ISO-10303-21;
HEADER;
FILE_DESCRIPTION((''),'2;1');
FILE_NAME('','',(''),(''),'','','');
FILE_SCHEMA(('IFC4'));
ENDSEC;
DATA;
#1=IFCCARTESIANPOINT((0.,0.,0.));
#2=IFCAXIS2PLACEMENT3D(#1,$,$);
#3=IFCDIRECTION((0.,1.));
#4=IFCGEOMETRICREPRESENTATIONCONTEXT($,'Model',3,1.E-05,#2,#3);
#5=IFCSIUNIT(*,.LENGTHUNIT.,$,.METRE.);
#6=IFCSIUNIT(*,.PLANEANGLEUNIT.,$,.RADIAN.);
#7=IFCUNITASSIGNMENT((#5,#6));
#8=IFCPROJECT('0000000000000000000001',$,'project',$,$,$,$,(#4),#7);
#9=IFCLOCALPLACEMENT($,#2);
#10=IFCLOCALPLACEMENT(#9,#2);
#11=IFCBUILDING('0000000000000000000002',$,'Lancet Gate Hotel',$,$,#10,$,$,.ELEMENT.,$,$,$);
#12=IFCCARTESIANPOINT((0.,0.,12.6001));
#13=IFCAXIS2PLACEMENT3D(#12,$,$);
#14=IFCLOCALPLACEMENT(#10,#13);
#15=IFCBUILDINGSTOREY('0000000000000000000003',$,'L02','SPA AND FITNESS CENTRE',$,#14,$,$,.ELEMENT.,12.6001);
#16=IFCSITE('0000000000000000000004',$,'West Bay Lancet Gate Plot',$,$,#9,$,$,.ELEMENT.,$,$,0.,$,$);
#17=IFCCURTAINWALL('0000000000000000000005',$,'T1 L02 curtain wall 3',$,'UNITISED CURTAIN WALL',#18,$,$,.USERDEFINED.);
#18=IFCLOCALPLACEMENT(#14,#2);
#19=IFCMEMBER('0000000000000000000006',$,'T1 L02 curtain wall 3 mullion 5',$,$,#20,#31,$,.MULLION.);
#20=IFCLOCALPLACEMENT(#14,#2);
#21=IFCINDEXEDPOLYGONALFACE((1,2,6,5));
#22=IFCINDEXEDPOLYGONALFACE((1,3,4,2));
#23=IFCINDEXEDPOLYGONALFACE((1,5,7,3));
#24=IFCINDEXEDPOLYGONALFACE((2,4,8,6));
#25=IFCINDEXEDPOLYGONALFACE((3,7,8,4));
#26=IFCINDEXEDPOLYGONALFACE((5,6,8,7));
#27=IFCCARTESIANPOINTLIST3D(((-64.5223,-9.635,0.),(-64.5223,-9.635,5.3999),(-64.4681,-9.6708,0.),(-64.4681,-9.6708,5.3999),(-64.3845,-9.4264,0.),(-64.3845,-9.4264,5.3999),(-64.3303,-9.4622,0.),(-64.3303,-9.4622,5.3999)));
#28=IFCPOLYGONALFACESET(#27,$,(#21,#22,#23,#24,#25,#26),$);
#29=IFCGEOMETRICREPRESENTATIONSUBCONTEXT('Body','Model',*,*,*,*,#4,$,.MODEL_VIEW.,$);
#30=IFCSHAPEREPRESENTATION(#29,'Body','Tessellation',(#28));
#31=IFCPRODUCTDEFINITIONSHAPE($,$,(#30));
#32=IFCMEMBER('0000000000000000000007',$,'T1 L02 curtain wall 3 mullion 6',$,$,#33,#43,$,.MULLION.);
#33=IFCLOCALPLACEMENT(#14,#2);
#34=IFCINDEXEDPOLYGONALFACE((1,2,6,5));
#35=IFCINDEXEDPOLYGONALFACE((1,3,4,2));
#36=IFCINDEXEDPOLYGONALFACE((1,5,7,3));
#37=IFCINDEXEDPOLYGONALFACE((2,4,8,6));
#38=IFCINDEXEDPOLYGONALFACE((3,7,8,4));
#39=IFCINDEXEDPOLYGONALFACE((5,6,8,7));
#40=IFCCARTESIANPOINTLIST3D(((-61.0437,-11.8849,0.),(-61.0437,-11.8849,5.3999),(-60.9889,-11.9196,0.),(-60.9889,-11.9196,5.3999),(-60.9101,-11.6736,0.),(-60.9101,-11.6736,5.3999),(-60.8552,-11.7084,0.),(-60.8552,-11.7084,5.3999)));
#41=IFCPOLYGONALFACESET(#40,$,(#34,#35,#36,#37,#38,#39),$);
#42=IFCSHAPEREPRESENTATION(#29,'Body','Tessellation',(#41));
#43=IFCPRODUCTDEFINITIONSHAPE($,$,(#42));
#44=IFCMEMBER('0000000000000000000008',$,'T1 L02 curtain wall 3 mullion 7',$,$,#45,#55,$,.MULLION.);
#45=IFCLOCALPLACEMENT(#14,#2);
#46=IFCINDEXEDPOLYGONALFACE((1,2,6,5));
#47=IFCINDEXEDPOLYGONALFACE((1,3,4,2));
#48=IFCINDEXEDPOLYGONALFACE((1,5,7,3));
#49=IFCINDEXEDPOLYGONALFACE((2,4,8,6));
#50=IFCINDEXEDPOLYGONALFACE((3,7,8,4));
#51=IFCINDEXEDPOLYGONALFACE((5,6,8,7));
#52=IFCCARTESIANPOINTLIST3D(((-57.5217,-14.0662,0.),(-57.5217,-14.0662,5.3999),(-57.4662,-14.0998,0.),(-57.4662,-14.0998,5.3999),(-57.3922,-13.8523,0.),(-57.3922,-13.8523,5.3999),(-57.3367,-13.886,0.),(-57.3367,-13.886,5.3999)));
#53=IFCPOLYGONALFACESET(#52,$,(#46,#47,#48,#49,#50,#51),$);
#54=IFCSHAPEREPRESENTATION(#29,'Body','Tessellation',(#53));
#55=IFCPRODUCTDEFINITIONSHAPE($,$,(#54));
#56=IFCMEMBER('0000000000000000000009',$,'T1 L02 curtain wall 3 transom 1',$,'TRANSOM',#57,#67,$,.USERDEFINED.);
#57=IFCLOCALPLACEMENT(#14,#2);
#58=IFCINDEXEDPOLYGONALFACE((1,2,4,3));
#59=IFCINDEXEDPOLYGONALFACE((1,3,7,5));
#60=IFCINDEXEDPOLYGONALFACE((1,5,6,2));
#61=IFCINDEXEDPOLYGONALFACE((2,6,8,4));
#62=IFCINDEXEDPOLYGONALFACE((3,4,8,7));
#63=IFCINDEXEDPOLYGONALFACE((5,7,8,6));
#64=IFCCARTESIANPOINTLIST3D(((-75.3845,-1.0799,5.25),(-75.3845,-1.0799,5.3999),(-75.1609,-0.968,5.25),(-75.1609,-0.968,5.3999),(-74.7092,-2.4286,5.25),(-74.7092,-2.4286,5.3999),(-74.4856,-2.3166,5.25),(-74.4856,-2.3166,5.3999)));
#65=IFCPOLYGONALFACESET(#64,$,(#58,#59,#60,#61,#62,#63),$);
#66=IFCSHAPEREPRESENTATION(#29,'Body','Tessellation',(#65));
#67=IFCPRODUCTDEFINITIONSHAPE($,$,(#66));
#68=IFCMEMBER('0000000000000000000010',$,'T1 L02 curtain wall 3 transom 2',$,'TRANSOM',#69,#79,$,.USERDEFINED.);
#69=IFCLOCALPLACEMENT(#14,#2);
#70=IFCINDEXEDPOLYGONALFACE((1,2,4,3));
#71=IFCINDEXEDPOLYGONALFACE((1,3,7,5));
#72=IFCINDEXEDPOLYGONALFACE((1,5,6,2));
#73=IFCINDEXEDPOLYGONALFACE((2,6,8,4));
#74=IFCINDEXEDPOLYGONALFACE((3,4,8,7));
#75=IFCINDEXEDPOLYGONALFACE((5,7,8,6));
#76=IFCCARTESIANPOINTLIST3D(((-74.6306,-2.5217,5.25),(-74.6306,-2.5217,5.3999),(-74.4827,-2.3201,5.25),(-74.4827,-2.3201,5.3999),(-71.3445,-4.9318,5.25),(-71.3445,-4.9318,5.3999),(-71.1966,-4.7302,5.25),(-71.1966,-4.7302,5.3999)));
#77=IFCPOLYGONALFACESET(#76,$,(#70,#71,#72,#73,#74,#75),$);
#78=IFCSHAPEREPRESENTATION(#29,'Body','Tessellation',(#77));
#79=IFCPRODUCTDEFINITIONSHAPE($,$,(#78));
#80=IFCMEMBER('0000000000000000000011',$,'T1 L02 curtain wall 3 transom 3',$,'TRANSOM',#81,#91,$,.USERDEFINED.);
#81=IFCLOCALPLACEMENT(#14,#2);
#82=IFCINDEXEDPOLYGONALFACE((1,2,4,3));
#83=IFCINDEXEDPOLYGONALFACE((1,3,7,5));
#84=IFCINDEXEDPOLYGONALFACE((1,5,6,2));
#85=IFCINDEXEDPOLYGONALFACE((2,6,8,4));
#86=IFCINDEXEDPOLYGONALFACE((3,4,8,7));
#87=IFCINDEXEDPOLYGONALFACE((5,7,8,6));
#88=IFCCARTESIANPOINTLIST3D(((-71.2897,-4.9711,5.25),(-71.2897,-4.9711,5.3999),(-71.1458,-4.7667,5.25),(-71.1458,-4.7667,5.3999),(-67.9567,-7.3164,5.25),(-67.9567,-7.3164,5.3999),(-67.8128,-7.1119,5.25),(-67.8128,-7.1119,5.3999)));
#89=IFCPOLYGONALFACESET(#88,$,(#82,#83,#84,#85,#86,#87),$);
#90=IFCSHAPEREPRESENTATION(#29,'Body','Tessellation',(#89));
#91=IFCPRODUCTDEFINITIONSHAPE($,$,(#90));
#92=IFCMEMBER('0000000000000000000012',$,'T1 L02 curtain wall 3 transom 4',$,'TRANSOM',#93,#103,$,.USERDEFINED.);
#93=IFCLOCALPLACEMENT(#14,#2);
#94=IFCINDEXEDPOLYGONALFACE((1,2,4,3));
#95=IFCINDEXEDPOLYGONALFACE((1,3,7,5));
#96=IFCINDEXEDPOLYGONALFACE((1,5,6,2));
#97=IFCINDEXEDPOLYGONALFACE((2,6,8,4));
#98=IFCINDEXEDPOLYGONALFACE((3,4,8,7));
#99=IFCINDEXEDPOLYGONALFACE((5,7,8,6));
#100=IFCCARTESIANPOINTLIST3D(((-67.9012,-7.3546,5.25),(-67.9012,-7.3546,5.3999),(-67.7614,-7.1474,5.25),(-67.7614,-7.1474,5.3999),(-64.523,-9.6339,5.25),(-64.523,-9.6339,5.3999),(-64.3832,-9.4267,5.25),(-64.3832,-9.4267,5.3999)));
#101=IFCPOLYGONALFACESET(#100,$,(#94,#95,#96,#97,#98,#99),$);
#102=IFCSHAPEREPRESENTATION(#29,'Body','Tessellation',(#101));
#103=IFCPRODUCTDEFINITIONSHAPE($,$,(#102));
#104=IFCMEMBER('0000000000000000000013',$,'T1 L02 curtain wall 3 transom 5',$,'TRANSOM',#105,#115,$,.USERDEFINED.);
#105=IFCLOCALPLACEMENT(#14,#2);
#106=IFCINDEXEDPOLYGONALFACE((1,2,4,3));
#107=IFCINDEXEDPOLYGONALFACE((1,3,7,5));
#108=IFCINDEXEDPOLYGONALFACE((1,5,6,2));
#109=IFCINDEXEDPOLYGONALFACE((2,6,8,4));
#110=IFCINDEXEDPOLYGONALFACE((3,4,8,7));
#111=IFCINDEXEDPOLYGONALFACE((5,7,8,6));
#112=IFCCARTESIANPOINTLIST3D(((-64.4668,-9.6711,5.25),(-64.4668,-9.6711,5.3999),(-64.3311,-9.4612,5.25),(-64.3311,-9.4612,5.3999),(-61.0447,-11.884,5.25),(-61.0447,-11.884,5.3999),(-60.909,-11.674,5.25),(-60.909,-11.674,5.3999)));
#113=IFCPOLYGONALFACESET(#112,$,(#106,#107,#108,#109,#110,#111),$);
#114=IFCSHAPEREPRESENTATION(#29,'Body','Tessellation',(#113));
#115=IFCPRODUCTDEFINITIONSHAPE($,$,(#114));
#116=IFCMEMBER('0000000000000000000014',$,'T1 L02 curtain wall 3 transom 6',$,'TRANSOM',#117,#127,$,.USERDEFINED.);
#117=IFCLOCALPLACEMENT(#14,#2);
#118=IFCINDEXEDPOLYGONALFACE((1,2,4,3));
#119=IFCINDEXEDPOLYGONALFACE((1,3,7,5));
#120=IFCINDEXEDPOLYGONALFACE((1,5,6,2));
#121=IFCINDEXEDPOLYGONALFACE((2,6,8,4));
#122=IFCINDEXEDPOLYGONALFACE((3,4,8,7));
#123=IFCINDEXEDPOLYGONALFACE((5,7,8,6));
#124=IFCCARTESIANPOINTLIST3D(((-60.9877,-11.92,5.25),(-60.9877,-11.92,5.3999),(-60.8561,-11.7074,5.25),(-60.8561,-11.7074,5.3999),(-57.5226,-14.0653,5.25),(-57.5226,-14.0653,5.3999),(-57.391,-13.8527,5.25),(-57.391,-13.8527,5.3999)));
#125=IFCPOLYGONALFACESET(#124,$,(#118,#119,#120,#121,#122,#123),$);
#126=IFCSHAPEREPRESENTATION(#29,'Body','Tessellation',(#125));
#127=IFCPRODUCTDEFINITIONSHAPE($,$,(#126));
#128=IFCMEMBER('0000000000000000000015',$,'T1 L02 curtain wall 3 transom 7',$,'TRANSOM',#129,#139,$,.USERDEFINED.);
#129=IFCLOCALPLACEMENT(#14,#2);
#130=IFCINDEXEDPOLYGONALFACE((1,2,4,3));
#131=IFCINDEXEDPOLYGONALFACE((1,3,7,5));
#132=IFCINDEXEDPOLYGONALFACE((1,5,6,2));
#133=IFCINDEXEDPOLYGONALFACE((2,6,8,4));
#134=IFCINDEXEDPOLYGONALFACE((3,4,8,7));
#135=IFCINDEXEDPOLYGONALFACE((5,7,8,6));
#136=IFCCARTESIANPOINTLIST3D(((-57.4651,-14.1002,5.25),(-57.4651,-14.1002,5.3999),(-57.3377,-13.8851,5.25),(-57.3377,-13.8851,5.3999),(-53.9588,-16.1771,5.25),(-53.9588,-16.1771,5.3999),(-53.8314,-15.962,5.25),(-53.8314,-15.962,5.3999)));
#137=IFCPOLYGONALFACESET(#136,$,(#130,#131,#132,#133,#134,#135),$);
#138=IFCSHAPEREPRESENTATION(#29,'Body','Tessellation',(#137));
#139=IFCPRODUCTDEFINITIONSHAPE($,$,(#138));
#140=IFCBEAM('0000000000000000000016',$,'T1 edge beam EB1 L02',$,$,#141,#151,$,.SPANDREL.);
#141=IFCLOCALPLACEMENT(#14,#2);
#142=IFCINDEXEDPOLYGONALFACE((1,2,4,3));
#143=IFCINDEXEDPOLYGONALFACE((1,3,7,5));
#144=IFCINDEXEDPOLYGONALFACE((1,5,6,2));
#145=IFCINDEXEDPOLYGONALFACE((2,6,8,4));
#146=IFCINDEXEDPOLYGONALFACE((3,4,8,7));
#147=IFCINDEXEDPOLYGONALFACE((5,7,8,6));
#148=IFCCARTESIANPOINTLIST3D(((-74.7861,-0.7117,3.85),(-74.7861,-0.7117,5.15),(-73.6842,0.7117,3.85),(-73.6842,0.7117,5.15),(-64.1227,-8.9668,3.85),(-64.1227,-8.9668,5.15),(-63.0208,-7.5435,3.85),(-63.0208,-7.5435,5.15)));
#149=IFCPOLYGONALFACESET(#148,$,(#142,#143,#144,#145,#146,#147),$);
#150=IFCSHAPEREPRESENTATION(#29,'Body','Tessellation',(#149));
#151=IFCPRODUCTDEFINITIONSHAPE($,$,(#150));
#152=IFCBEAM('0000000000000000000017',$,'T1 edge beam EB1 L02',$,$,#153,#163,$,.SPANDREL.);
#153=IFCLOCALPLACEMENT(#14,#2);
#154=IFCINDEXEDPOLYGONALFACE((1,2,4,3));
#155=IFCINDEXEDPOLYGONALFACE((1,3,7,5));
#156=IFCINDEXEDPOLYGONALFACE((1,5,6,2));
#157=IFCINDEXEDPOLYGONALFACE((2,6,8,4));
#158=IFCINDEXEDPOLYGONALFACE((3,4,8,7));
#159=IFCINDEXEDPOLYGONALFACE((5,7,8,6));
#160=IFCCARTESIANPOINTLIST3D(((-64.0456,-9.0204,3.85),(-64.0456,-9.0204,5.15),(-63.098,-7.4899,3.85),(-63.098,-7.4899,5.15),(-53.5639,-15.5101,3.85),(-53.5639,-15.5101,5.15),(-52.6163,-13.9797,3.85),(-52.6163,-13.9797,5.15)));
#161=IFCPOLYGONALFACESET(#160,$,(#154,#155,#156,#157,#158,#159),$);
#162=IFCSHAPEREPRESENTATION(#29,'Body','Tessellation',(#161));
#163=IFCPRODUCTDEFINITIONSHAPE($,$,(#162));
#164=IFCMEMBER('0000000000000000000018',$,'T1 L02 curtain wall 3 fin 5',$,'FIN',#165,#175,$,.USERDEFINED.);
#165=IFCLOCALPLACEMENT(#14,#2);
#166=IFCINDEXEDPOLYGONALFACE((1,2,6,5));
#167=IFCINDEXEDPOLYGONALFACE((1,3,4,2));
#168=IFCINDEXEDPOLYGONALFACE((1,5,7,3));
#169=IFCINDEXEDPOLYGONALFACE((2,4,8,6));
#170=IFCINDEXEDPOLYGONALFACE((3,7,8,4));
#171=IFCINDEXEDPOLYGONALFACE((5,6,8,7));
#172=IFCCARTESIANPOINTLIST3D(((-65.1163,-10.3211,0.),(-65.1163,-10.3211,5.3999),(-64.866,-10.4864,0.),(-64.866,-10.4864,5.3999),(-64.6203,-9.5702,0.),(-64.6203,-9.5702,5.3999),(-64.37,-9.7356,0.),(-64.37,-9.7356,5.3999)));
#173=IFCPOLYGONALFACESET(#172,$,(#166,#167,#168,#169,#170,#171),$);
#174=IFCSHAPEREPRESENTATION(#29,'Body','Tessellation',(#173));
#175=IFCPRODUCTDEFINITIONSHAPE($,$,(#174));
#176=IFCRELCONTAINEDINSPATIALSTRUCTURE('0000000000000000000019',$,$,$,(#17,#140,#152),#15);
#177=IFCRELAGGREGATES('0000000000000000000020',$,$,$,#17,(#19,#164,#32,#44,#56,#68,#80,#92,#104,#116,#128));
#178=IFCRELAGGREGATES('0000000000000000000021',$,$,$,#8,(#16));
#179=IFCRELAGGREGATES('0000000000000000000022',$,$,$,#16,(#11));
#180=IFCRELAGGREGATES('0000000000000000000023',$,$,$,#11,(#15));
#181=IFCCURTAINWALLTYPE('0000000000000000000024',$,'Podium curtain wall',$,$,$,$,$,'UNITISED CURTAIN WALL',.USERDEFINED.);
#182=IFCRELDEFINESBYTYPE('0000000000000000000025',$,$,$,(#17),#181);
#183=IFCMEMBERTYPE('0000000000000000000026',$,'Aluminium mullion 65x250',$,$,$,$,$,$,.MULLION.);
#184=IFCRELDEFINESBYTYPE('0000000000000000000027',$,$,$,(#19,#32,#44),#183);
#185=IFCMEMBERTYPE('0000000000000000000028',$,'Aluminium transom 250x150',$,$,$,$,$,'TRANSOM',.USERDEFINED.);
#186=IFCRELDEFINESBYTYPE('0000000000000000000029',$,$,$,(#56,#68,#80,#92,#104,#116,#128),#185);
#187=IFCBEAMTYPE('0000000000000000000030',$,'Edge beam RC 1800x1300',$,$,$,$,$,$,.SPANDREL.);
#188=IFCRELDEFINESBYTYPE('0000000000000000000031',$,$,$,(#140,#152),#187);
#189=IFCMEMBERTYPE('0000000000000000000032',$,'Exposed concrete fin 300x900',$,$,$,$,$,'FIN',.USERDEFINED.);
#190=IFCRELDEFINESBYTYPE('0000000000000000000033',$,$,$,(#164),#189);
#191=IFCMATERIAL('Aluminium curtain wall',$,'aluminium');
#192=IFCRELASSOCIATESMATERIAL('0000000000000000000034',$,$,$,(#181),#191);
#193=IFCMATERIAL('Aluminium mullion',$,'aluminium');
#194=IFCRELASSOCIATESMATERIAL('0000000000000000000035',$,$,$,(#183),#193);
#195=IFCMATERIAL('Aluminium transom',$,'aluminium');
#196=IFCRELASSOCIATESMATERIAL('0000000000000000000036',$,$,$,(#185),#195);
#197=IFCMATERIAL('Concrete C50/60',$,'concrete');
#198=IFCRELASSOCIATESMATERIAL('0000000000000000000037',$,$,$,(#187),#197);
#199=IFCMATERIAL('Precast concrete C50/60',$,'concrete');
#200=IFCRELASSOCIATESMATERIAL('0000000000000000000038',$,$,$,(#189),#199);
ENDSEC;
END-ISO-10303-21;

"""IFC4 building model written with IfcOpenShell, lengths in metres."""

from ifc_helpers import new_model, si_unit, direction, frame, origin, origin_2d, place, context, subcontext, project, spatial, rectangle, extrude, material, material_profile, profile_set, type_object, element, aggregate, save


model = new_model("IFC4")

# Units and contexts
model_context = context("Model", 3, precision=1e-05, world=origin(), true_north=direction((0.0, 1.0)))
body_context = subcontext(model_context, "Body", "Model", "MODEL_VIEW")
ifc_project = project(units=[si_unit("LENGTHUNIT", "METRE"), si_unit("PLANEANGLEUNIT", "RADIAN")], contexts=[model_context])

# Site, building, storey
site_placement = place(None, origin())
site = spatial("IfcSite", under=ifc_project, at=site_placement, Name="West Bay Lancet Gate Plot", CompositionType="ELEMENT", RefElevation=0.0)
building_placement = place(site_placement, origin())
building = spatial("IfcBuilding", under=site, at=building_placement, Name="Lancet Gate Hotel", CompositionType="ELEMENT")
storey_placement = place(building_placement, frame((0.0, 0.0, 12.6001)))
storey = spatial("IfcBuildingStorey", under=building, at=storey_placement, Name="L02", Description="SPA AND FITNESS CENTRE", CompositionType="ELEMENT", Elevation=12.6001)

# Shared definitions
ifc_material_1 = material(Name="Aluminium curtain wall", Category="aluminium")
curtain_wall_type = type_object("IfcCurtainWallType", Name="Podium curtain wall", ElementType="UNITISED CURTAIN WALL", PredefinedType="USERDEFINED", material=ifc_material_1)
ifc_material_2 = material(Name="Aluminium mullion", Category="aluminium")
ifc_material_profile_1 = material_profile(ifc_material_2, rectangle(XDim=0.0649, YDim=0.25, at=origin_2d()), Name="MULLION 65x250")
ifc_profile_set_1 = profile_set([ifc_material_profile_1], Name="Aluminium mullion")
member_type_1 = type_object("IfcMemberType", Name="Aluminium mullion 65x250", PredefinedType="MULLION", material=ifc_profile_set_1)

# Curtain wall, members
curtain_wall_1_placement = place(storey_placement, origin())
curtain_wall_1 = element("IfcCurtainWall", 1, at=curtain_wall_1_placement, inside=storey, type_object=curtain_wall_type, Name="T1 L02 curtain wall 3", ObjectType="UNITISED CURTAIN WALL", PredefinedType="USERDEFINED")
member_1_placement = place(storey_placement, frame((-64.4263, -9.5486, 0.0), z_axis=(0.0, 0.0, 1.0), x_axis=(0.834387, -0.551178, 0.0)))
member_1 = element("IfcMember", 2, at=member_1_placement, type_object=member_type_1, Name="T1 L02 curtain wall 3 mullion 5", PredefinedType="MULLION", context=body_context, shape_type="SweptSolid", body=[
    extrude(rectangle(XDim=0.0649, YDim=0.25, at=origin_2d()), origin(), (0.0, 0.0, 1.0), 5.3999),
])
member_2_placement = place(storey_placement, frame((-60.9495, -11.7966, 0.0), z_axis=(0.0, 0.0, 1.0), x_axis=(0.845029, -0.53472, 0.0)))
member_2 = element("IfcMember", 3, at=member_2_placement, type_object=member_type_1, Name="T1 L02 curtain wall 3 mullion 6", PredefinedType="MULLION", context=body_context, shape_type="SweptSolid", body=[
    extrude(rectangle(XDim=0.0649, YDim=0.25, at=origin_2d()), origin(), (0.0, 0.0, 1.0), 5.3999),
])
member_3_placement = place(storey_placement, frame((-57.4292, -13.9761, 0.0), z_axis=(0.0, 0.0, 1.0), x_axis=(0.855346, -0.518057, 0.0)))
member_3 = element("IfcMember", 4, at=member_3_placement, type_object=member_type_1, Name="T1 L02 curtain wall 3 mullion 7", PredefinedType="MULLION", context=body_context, shape_type="SweptSolid", body=[
    extrude(rectangle(XDim=0.0649, YDim=0.25, at=origin_2d()), origin(), (0.0, 0.0, 1.0), 5.3999),
])
ifc_material_3 = material(Name="Aluminium transom", Category="aluminium")
ifc_material_profile_2 = material_profile(ifc_material_3, rectangle(XDim=0.25, YDim=0.1499, at=origin_2d()), Name="TRANSOM 250x150")
ifc_profile_set_2 = profile_set([ifc_material_profile_2], Name="Aluminium transom")
member_type_2 = type_object("IfcMemberType", Name="Aluminium transom 250x150", ElementType="TRANSOM", PredefinedType="USERDEFINED", material=ifc_profile_set_2)
member_4_placement = place(storey_placement, frame((-75.2727, -1.0239, 5.325), z_axis=(0.447732, -0.894168, 0.0), x_axis=(0.894168, 0.447732, 0.0)))
member_4 = element("IfcMember", 5, at=member_4_placement, type_object=member_type_2, Name="T1 L02 curtain wall 3 transom 1", ObjectType="TRANSOM", PredefinedType="USERDEFINED", context=body_context, shape_type="SweptSolid", body=[
    extrude(rectangle(XDim=0.25, YDim=0.1499, at=origin_2d()), origin(), (0.0, 0.0, 1.0), 1.5083),
])
member_5_placement = place(storey_placement, frame((-74.5566, -2.4209, 5.325), z_axis=(0.806367, -0.591416, 0.0), x_axis=(0.591416, 0.806367, 0.0)))
member_5 = element("IfcMember", 6, at=member_5_placement, type_object=member_type_2, Name="T1 L02 curtain wall 3 transom 2", ObjectType="TRANSOM", PredefinedType="USERDEFINED", context=body_context, shape_type="SweptSolid", body=[
    extrude(rectangle(XDim=0.25, YDim=0.1499, at=origin_2d()), origin(), (0.0, 0.0, 1.0), 4.0752),
])
member_6_placement = place(storey_placement, frame((-71.2178, -4.8689, 5.325), z_axis=(0.817834, -0.575455, 0.0), x_axis=(0.575455, 0.817834, 0.0)))
member_6 = element("IfcMember", 7, at=member_6_placement, type_object=member_type_2, Name="T1 L02 curtain wall 3 transom 3", ObjectType="TRANSOM", PredefinedType="USERDEFINED", context=body_context, shape_type="SweptSolid", body=[
    extrude(rectangle(XDim=0.25, YDim=0.1499, at=origin_2d()), origin(), (0.0, 0.0, 1.0), 4.0754),
])
member_7_placement = place(storey_placement, frame((-67.8313, -7.251, 5.325), z_axis=(0.828959, -0.559309, 0.0), x_axis=(0.559309, 0.828959, 0.0)))
member_7 = element("IfcMember", 8, at=member_7_placement, type_object=member_type_2, Name="T1 L02 curtain wall 3 transom 4", ObjectType="TRANSOM", PredefinedType="USERDEFINED", context=body_context, shape_type="SweptSolid", body=[
    extrude(rectangle(XDim=0.25, YDim=0.1499, at=origin_2d()), origin(), (0.0, 0.0, 1.0), 4.0752),
])
member_8_placement = place(storey_placement, frame((-64.3989, -9.5662, 5.325), z_axis=(0.839729, -0.543005, 0.0), x_axis=(0.543005, 0.839729, 0.0)))
member_8 = element("IfcMember", 9, at=member_8_placement, type_object=member_type_2, Name="T1 L02 curtain wall 3 transom 5", ObjectType="TRANSOM", PredefinedType="USERDEFINED", context=body_context, shape_type="SweptSolid", body=[
    extrude(rectangle(XDim=0.25, YDim=0.1499, at=origin_2d()), origin(), (0.0, 0.0, 1.0), 4.0752),
])
member_9_placement = place(storey_placement, frame((-60.9219, -11.8137, 5.325), z_axis=(0.850242, -0.526392, 0.0), x_axis=(0.526392, 0.850242, 0.0)))
member_9 = element("IfcMember", 10, at=member_9_placement, type_object=member_type_2, Name="T1 L02 curtain wall 3 transom 6", ObjectType="TRANSOM", PredefinedType="USERDEFINED", context=body_context, shape_type="SweptSolid", body=[
    extrude(rectangle(XDim=0.25, YDim=0.1499, at=origin_2d()), origin(), (0.0, 0.0, 1.0), 4.0754),
])
member_10_placement = place(storey_placement, frame((-57.4014, -13.9927, 5.325), z_axis=(0.860392, -0.509633, 0.0), x_axis=(0.509633, 0.860392, 0.0)))
member_10 = element("IfcMember", 11, at=member_10_placement, type_object=member_type_2, Name="T1 L02 curtain wall 3 transom 7", ObjectType="TRANSOM", PredefinedType="USERDEFINED", context=body_context, shape_type="SweptSolid", body=[
    extrude(rectangle(XDim=0.25, YDim=0.1499, at=origin_2d()), origin(), (0.0, 0.0, 1.0), 4.0752),
])

# Beams
ifc_material_4 = material(Name="Concrete C50/60", Category="concrete")
ifc_material_profile_3 = material_profile(ifc_material_4, rectangle(XDim=1.8, YDim=1.3, at=origin_2d()), Name="RC 1800x1300")
ifc_profile_set_3 = profile_set([ifc_material_profile_3], Name="Concrete C50/60")
beam_type_1 = type_object("IfcBeamType", Name="Edge beam RC 1800x1300", PredefinedType="SPANDREL", material=ifc_profile_set_3)
beam_1_placement = place(storey_placement, frame((-74.2351, 0.0, 4.5), z_axis=(0.790736, -0.612157, 0.0), x_axis=(0.612157, 0.790736, 0.0)))
element("IfcBeam", 12, at=beam_1_placement, inside=storey, type_object=beam_type_1, Name="T1 edge beam EB1 L02", PredefinedType="SPANDREL", context=body_context, shape_type="SweptSolid", body=[
    extrude(rectangle(XDim=1.8, YDim=1.3, at=origin_2d()), origin(), (0.0, 0.0, 1.0), 13.4854),
])
beam_2_placement = place(storey_placement, frame((-63.5718, -8.2551, 4.5), z_axis=(0.850226, -0.526418, 0.0), x_axis=(0.526418, 0.850226, 0.0)))
element("IfcBeam", 13, at=beam_2_placement, inside=storey, type_object=beam_type_1, Name="T1 edge beam EB1 L02", PredefinedType="SPANDREL", context=body_context, shape_type="SweptSolid", body=[
    extrude(rectangle(XDim=1.8, YDim=1.3, at=origin_2d()), origin(), (0.0, 0.0, 1.0), 12.3281),
])

# Member
ifc_material_5 = material(Name="Precast concrete C50/60", Category="concrete")
ifc_material_profile_4 = material_profile(ifc_material_5, rectangle(XDim=0.3, YDim=0.8999, at=origin_2d()), Name="FIN 300x900")
ifc_profile_set_4 = profile_set([ifc_material_profile_4], Name="Precast concrete C50/60")
member_type_3 = type_object("IfcMemberType", Name="Exposed concrete fin 300x900", ElementType="FIN", PredefinedType="USERDEFINED", material=ifc_profile_set_4)
member_11_placement = place(storey_placement, frame((-64.7432, -10.0283, 0.0), z_axis=(0.0, 0.0, 1.0), x_axis=(0.834387, -0.551178, 0.0)))
member_11 = element("IfcMember", 14, at=member_11_placement, type_object=member_type_3, Name="T1 L02 curtain wall 3 fin 5", ObjectType="FIN", PredefinedType="USERDEFINED", context=body_context, shape_type="SweptSolid", body=[
    extrude(rectangle(XDim=0.3, YDim=0.8999, at=origin_2d()), origin(), (0.0, 0.0, 1.0), 5.3999),
])

aggregate(curtain_wall_1, [member_1, member_11, member_2, member_3, member_4, member_5, member_6, member_7, member_8, member_9, member_10])

save(model, "model.ifc")
